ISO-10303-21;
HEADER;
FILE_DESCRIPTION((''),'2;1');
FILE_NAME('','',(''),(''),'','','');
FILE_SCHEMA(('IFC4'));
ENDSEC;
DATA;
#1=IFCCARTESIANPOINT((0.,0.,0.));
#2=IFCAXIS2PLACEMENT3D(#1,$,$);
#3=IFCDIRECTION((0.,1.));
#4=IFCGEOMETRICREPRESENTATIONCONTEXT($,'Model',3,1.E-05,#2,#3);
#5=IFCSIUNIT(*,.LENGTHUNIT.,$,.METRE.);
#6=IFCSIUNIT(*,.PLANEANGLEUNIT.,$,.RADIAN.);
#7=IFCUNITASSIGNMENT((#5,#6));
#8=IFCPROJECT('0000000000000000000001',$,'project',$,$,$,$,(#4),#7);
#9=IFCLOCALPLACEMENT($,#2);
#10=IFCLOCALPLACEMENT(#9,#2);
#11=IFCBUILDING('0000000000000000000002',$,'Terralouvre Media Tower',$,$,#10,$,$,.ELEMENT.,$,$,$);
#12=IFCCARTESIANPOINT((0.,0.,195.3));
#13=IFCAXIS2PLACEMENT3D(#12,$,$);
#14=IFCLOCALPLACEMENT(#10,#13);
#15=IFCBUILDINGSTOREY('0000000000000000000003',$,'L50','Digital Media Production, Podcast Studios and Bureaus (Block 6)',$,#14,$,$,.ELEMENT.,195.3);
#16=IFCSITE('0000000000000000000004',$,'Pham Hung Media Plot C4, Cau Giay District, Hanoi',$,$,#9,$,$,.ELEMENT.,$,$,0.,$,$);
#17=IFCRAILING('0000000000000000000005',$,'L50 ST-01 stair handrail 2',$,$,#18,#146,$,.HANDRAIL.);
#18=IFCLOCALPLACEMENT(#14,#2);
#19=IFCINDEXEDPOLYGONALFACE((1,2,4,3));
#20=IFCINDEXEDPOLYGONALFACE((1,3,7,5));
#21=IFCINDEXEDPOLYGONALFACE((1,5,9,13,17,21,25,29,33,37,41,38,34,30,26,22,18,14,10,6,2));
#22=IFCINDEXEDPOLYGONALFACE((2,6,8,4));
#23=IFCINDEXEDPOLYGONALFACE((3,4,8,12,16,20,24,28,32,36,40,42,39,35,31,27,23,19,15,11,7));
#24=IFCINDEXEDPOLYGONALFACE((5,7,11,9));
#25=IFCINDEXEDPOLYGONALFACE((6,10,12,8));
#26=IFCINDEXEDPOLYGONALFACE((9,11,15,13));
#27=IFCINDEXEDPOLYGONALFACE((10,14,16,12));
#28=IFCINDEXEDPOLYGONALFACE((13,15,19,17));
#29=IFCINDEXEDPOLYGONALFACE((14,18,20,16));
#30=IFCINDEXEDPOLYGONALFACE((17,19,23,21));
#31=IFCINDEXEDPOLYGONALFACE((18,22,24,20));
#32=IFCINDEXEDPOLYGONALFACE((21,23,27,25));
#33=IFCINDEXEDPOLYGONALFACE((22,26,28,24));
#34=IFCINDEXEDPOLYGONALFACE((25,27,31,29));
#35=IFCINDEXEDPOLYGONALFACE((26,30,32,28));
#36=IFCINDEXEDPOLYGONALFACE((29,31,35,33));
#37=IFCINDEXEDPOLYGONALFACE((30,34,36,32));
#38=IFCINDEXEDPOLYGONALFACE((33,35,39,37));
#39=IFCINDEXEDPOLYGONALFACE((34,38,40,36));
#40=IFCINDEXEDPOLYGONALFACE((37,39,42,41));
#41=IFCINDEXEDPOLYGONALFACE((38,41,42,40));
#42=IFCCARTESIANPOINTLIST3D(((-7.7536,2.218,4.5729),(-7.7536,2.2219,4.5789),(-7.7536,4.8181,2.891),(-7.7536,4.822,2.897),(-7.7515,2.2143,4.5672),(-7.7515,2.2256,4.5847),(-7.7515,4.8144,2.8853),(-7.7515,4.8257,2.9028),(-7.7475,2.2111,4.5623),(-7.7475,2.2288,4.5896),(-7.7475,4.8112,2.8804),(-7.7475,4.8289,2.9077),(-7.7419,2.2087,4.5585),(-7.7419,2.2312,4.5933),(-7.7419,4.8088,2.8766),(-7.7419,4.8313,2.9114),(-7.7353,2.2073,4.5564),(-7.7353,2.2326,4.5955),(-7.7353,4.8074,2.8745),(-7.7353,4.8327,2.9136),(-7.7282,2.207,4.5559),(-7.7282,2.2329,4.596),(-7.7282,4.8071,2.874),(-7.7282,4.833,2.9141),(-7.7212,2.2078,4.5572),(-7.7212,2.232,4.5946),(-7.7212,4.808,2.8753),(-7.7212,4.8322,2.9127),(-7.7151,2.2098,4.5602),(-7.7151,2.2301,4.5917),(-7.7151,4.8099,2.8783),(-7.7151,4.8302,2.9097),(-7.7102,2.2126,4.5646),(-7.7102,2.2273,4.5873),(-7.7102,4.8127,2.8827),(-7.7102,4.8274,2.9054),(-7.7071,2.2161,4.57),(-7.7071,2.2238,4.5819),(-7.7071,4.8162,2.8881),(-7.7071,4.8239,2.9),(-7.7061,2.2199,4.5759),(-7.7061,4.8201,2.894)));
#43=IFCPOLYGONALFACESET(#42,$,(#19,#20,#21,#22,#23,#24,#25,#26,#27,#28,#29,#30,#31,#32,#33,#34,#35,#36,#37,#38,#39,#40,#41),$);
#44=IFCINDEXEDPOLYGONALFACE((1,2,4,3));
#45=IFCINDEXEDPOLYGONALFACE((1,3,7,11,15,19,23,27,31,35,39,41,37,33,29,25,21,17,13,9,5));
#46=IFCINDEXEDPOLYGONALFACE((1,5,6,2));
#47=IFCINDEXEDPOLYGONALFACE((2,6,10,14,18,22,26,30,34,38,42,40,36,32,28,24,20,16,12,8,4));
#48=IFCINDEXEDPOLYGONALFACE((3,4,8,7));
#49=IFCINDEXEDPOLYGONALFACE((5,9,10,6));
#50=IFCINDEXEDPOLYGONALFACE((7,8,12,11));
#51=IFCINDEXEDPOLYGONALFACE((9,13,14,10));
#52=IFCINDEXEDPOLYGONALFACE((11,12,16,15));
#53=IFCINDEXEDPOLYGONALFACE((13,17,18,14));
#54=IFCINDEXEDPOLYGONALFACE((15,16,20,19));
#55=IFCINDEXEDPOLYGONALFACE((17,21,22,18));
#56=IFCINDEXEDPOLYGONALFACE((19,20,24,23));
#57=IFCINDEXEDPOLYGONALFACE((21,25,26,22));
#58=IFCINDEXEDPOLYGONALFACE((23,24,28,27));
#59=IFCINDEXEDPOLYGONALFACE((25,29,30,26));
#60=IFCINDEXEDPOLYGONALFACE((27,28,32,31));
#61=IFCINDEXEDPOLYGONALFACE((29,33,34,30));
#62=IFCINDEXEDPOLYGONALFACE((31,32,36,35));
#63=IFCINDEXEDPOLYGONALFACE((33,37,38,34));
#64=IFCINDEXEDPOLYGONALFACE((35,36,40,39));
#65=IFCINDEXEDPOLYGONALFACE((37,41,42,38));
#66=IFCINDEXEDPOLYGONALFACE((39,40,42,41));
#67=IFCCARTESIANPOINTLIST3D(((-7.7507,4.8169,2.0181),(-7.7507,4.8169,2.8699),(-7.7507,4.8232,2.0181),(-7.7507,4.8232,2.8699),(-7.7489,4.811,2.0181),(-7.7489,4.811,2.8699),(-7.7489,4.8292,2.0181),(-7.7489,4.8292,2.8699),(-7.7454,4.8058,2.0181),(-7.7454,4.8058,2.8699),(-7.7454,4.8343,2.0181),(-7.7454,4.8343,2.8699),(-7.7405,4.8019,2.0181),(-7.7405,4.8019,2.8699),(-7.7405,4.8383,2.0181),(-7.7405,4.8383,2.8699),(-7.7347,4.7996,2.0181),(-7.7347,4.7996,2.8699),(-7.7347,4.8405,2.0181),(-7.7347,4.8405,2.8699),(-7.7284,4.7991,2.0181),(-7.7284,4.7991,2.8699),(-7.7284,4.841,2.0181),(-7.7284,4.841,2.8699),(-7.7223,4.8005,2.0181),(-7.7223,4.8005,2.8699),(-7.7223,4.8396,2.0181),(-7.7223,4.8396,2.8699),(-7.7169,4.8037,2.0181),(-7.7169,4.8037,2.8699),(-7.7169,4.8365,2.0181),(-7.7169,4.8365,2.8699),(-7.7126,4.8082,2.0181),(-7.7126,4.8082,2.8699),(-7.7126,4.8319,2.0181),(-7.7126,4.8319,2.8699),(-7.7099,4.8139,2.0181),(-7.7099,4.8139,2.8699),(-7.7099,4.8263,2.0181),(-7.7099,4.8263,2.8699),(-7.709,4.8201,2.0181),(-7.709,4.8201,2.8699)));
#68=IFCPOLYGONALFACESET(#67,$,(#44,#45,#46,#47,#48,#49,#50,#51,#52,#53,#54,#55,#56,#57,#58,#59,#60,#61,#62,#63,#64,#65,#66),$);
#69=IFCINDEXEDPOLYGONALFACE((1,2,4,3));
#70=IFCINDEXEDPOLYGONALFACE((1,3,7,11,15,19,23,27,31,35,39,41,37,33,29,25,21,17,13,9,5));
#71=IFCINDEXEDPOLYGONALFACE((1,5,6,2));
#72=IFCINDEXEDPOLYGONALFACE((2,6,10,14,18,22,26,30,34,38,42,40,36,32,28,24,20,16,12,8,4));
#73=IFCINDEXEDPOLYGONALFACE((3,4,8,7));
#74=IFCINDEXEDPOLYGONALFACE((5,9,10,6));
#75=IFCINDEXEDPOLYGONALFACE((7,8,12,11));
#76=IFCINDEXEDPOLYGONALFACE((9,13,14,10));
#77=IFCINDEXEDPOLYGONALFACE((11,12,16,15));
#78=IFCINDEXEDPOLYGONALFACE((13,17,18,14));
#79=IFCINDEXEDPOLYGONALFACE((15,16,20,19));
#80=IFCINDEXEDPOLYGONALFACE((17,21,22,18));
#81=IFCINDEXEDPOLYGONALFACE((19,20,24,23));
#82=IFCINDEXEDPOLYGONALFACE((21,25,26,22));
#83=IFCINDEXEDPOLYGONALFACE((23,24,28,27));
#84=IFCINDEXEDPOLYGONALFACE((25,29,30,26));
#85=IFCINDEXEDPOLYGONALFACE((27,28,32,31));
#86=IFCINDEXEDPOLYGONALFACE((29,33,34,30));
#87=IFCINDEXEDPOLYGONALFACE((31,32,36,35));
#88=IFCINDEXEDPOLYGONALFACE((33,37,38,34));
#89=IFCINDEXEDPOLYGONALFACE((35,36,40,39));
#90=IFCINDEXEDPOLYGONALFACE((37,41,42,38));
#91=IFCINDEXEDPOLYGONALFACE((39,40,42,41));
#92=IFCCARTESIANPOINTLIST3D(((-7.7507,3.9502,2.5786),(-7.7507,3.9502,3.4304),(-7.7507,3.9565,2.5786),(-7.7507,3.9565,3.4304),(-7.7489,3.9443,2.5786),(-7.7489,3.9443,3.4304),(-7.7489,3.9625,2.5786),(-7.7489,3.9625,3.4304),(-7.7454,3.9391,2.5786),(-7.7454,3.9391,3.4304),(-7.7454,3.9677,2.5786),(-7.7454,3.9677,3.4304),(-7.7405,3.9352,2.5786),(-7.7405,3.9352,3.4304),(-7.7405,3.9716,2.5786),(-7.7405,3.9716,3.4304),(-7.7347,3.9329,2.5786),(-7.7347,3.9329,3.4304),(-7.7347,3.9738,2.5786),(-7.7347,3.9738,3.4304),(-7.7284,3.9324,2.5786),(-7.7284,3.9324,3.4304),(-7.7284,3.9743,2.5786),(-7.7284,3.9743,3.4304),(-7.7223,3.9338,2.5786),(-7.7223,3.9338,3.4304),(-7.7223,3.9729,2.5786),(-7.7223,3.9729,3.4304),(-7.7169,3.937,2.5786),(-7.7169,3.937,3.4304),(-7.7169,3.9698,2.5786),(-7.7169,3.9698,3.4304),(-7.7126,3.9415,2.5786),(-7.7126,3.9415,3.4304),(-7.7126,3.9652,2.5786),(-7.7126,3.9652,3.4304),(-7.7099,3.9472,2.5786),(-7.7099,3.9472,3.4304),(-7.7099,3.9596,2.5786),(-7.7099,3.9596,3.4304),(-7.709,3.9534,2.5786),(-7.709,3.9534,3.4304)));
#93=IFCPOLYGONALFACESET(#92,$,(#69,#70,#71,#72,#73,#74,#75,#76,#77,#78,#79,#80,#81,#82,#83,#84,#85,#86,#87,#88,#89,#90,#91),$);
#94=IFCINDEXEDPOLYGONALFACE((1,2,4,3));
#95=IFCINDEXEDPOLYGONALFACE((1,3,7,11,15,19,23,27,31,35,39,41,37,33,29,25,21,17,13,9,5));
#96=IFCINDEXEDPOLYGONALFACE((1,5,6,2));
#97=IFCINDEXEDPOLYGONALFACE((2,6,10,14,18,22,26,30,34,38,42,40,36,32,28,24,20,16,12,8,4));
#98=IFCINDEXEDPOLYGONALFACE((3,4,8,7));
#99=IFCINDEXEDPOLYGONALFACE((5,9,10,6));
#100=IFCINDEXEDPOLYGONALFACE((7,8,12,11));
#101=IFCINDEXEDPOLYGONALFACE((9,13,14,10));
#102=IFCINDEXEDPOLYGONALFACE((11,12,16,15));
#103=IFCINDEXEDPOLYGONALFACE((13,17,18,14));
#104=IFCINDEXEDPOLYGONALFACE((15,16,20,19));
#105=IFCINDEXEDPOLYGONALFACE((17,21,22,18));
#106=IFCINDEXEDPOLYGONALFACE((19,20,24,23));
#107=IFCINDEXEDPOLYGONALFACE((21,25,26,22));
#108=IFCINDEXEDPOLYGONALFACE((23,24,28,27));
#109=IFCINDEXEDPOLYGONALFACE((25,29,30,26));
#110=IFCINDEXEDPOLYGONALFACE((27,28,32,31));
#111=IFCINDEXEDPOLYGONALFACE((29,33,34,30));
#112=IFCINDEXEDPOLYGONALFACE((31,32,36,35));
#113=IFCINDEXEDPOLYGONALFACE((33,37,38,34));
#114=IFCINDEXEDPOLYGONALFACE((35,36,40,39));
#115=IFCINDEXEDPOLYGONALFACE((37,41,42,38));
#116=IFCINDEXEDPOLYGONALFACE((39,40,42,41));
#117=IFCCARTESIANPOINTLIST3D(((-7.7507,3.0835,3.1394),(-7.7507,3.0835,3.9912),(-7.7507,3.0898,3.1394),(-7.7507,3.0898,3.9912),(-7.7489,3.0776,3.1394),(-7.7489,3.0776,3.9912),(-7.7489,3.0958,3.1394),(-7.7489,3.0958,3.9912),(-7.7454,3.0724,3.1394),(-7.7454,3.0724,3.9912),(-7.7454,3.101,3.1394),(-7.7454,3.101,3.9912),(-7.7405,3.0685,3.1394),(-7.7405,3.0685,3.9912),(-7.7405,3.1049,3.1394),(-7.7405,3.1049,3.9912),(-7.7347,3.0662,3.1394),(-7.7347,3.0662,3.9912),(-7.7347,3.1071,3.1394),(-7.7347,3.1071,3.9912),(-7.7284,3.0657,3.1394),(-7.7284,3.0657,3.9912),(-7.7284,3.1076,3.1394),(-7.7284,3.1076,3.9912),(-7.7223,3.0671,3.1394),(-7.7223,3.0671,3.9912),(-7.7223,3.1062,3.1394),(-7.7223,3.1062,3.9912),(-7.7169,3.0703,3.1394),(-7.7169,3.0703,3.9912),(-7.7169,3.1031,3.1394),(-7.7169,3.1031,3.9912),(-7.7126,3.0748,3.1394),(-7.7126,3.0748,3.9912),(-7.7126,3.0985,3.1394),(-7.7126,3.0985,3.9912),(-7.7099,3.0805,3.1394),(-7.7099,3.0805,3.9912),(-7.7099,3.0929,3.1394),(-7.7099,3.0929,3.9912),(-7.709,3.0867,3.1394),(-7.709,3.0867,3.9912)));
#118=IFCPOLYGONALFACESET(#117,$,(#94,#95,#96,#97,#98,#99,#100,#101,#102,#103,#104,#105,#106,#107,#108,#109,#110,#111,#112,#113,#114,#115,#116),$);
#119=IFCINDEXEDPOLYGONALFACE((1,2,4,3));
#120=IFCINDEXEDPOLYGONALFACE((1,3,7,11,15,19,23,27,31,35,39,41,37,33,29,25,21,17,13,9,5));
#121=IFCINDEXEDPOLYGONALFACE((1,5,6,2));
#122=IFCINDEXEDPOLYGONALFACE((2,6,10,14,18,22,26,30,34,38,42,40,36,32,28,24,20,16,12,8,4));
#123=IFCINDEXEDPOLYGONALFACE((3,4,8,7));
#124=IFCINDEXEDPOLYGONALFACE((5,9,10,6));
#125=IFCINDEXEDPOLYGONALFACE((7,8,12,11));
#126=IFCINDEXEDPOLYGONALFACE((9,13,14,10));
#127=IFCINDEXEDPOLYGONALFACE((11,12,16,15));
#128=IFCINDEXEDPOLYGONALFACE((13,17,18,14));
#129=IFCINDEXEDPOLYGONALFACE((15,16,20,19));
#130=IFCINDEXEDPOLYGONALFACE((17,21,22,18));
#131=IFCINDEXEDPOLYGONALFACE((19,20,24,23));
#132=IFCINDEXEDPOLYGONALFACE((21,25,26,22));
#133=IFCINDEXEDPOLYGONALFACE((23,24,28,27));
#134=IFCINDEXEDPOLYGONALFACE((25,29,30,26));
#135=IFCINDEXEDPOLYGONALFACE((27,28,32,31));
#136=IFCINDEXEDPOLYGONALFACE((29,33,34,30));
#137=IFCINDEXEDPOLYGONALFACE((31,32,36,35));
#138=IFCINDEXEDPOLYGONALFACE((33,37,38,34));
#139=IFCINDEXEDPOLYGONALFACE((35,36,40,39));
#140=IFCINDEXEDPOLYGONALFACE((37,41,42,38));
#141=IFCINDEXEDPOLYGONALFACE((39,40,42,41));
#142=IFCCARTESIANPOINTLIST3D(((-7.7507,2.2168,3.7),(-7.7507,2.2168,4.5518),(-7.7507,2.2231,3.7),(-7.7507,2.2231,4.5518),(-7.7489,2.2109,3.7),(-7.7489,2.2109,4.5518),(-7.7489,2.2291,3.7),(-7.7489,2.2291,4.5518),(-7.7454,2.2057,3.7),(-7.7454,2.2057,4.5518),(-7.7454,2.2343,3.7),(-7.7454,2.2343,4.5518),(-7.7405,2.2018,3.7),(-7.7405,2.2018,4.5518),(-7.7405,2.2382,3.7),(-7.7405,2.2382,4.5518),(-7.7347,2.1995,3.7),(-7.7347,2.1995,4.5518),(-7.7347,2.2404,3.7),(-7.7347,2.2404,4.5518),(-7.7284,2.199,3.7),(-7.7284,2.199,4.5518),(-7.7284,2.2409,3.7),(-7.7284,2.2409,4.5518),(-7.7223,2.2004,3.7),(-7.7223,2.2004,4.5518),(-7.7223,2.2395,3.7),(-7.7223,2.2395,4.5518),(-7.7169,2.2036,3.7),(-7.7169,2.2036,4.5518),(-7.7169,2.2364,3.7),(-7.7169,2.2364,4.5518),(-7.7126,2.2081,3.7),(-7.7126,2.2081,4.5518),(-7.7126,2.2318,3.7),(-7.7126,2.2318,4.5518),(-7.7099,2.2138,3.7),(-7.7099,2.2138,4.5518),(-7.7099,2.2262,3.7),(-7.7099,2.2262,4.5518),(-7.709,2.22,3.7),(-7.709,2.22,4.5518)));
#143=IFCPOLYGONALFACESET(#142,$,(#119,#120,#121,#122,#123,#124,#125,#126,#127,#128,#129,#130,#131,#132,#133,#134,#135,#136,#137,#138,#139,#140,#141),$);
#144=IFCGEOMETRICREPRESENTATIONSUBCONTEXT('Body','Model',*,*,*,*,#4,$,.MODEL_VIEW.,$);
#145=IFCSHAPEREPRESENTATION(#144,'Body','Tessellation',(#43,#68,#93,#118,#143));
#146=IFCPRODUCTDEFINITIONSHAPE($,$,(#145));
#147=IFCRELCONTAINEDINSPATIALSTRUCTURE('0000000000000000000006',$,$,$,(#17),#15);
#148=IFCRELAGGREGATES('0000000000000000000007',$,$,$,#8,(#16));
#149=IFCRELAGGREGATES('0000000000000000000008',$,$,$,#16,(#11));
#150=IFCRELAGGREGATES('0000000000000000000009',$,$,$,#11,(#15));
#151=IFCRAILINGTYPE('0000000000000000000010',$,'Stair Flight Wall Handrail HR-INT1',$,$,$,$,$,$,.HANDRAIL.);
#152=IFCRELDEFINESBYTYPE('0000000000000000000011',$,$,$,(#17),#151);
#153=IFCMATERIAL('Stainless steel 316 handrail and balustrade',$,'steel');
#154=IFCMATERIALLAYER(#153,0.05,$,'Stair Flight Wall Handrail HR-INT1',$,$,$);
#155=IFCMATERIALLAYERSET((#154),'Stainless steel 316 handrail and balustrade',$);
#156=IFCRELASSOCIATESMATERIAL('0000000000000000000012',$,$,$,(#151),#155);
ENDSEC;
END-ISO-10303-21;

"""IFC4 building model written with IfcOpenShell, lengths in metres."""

from ifc_helpers import new_model, si_unit, direction, frame, origin, origin_2d, place, context, subcontext, project, spatial, circle, extrude, material, layer, layer_set, type_object, element, save


model = new_model("IFC4")

# Units and contexts
model_context = context("Model", 3, precision=1e-05, world=origin(), true_north=direction((0.0, 1.0)))
body_context = subcontext(model_context, "Body", "Model", "MODEL_VIEW")
ifc_project = project(units=[si_unit("LENGTHUNIT", "METRE"), si_unit("PLANEANGLEUNIT", "RADIAN")], contexts=[model_context])

# Site, building, storey
site_placement = place(None, origin())
site = spatial("IfcSite", under=ifc_project, at=site_placement, Name="Pham Hung Media Plot C4, Cau Giay District, Hanoi", CompositionType="ELEMENT", RefElevation=0.0)
building_placement = place(site_placement, origin())
building = spatial("IfcBuilding", under=site, at=building_placement, Name="Terralouvre Media Tower", CompositionType="ELEMENT")
storey_placement = place(building_placement, frame((0.0, 0.0, 195.3)))
storey = spatial("IfcBuildingStorey", under=building, at=storey_placement, Name="L50", Description="Digital Media Production, Podcast Studios and Bureaus (Block 6)", CompositionType="ELEMENT", Elevation=195.3)

# Railing
ifc_material_1 = material(Name="Stainless steel 316 handrail and balustrade", Category="steel")
ifc_layer_1 = layer(ifc_material_1, 0.05, Name="Stair Flight Wall Handrail HR-INT1")
ifc_layer_set_1 = layer_set([ifc_layer_1], Name="Stainless steel 316 handrail and balustrade")
railing_type_1 = type_object("IfcRailingType", Name="Stair Flight Wall Handrail HR-INT1", PredefinedType="HANDRAIL", material=ifc_layer_set_1)
railing_1_placement = place(storey_placement, frame((-7.73, 4.8201, 2.0181)))
element("IfcRailing", 1, at=railing_1_placement, inside=storey, type_object=railing_type_1, Name="L50 ST-01 stair handrail 2", PredefinedType="HANDRAIL", context=body_context, shape_type="SweptSolid", body=[
    extrude(circle(Radius=0.0239, at=origin_2d()), frame((0.0, 0.0, 0.876), z_axis=(0.0, -0.839648, 0.54313), x_axis=(1.0, 0.0, 0.0)), (0.0, 0.0, 1.0), 3.0967),
    extrude(circle(Radius=0.021, at=origin_2d()), origin(), (0.0, 0.0, 1.0), 0.8518),
    extrude(circle(Radius=0.021, at=origin_2d()), frame((0.0, -0.8667, 0.5605)), (0.0, 0.0, 1.0), 0.8518),
    extrude(circle(Radius=0.021, at=origin_2d()), frame((0.0, -1.7334, 1.1213)), (0.0, 0.0, 1.0), 0.8518),
    extrude(circle(Radius=0.021, at=origin_2d()), frame((0.0, -2.6001, 1.6819)), (0.0, 0.0, 1.0), 0.8518),
])

save(model, "model.ifc")
